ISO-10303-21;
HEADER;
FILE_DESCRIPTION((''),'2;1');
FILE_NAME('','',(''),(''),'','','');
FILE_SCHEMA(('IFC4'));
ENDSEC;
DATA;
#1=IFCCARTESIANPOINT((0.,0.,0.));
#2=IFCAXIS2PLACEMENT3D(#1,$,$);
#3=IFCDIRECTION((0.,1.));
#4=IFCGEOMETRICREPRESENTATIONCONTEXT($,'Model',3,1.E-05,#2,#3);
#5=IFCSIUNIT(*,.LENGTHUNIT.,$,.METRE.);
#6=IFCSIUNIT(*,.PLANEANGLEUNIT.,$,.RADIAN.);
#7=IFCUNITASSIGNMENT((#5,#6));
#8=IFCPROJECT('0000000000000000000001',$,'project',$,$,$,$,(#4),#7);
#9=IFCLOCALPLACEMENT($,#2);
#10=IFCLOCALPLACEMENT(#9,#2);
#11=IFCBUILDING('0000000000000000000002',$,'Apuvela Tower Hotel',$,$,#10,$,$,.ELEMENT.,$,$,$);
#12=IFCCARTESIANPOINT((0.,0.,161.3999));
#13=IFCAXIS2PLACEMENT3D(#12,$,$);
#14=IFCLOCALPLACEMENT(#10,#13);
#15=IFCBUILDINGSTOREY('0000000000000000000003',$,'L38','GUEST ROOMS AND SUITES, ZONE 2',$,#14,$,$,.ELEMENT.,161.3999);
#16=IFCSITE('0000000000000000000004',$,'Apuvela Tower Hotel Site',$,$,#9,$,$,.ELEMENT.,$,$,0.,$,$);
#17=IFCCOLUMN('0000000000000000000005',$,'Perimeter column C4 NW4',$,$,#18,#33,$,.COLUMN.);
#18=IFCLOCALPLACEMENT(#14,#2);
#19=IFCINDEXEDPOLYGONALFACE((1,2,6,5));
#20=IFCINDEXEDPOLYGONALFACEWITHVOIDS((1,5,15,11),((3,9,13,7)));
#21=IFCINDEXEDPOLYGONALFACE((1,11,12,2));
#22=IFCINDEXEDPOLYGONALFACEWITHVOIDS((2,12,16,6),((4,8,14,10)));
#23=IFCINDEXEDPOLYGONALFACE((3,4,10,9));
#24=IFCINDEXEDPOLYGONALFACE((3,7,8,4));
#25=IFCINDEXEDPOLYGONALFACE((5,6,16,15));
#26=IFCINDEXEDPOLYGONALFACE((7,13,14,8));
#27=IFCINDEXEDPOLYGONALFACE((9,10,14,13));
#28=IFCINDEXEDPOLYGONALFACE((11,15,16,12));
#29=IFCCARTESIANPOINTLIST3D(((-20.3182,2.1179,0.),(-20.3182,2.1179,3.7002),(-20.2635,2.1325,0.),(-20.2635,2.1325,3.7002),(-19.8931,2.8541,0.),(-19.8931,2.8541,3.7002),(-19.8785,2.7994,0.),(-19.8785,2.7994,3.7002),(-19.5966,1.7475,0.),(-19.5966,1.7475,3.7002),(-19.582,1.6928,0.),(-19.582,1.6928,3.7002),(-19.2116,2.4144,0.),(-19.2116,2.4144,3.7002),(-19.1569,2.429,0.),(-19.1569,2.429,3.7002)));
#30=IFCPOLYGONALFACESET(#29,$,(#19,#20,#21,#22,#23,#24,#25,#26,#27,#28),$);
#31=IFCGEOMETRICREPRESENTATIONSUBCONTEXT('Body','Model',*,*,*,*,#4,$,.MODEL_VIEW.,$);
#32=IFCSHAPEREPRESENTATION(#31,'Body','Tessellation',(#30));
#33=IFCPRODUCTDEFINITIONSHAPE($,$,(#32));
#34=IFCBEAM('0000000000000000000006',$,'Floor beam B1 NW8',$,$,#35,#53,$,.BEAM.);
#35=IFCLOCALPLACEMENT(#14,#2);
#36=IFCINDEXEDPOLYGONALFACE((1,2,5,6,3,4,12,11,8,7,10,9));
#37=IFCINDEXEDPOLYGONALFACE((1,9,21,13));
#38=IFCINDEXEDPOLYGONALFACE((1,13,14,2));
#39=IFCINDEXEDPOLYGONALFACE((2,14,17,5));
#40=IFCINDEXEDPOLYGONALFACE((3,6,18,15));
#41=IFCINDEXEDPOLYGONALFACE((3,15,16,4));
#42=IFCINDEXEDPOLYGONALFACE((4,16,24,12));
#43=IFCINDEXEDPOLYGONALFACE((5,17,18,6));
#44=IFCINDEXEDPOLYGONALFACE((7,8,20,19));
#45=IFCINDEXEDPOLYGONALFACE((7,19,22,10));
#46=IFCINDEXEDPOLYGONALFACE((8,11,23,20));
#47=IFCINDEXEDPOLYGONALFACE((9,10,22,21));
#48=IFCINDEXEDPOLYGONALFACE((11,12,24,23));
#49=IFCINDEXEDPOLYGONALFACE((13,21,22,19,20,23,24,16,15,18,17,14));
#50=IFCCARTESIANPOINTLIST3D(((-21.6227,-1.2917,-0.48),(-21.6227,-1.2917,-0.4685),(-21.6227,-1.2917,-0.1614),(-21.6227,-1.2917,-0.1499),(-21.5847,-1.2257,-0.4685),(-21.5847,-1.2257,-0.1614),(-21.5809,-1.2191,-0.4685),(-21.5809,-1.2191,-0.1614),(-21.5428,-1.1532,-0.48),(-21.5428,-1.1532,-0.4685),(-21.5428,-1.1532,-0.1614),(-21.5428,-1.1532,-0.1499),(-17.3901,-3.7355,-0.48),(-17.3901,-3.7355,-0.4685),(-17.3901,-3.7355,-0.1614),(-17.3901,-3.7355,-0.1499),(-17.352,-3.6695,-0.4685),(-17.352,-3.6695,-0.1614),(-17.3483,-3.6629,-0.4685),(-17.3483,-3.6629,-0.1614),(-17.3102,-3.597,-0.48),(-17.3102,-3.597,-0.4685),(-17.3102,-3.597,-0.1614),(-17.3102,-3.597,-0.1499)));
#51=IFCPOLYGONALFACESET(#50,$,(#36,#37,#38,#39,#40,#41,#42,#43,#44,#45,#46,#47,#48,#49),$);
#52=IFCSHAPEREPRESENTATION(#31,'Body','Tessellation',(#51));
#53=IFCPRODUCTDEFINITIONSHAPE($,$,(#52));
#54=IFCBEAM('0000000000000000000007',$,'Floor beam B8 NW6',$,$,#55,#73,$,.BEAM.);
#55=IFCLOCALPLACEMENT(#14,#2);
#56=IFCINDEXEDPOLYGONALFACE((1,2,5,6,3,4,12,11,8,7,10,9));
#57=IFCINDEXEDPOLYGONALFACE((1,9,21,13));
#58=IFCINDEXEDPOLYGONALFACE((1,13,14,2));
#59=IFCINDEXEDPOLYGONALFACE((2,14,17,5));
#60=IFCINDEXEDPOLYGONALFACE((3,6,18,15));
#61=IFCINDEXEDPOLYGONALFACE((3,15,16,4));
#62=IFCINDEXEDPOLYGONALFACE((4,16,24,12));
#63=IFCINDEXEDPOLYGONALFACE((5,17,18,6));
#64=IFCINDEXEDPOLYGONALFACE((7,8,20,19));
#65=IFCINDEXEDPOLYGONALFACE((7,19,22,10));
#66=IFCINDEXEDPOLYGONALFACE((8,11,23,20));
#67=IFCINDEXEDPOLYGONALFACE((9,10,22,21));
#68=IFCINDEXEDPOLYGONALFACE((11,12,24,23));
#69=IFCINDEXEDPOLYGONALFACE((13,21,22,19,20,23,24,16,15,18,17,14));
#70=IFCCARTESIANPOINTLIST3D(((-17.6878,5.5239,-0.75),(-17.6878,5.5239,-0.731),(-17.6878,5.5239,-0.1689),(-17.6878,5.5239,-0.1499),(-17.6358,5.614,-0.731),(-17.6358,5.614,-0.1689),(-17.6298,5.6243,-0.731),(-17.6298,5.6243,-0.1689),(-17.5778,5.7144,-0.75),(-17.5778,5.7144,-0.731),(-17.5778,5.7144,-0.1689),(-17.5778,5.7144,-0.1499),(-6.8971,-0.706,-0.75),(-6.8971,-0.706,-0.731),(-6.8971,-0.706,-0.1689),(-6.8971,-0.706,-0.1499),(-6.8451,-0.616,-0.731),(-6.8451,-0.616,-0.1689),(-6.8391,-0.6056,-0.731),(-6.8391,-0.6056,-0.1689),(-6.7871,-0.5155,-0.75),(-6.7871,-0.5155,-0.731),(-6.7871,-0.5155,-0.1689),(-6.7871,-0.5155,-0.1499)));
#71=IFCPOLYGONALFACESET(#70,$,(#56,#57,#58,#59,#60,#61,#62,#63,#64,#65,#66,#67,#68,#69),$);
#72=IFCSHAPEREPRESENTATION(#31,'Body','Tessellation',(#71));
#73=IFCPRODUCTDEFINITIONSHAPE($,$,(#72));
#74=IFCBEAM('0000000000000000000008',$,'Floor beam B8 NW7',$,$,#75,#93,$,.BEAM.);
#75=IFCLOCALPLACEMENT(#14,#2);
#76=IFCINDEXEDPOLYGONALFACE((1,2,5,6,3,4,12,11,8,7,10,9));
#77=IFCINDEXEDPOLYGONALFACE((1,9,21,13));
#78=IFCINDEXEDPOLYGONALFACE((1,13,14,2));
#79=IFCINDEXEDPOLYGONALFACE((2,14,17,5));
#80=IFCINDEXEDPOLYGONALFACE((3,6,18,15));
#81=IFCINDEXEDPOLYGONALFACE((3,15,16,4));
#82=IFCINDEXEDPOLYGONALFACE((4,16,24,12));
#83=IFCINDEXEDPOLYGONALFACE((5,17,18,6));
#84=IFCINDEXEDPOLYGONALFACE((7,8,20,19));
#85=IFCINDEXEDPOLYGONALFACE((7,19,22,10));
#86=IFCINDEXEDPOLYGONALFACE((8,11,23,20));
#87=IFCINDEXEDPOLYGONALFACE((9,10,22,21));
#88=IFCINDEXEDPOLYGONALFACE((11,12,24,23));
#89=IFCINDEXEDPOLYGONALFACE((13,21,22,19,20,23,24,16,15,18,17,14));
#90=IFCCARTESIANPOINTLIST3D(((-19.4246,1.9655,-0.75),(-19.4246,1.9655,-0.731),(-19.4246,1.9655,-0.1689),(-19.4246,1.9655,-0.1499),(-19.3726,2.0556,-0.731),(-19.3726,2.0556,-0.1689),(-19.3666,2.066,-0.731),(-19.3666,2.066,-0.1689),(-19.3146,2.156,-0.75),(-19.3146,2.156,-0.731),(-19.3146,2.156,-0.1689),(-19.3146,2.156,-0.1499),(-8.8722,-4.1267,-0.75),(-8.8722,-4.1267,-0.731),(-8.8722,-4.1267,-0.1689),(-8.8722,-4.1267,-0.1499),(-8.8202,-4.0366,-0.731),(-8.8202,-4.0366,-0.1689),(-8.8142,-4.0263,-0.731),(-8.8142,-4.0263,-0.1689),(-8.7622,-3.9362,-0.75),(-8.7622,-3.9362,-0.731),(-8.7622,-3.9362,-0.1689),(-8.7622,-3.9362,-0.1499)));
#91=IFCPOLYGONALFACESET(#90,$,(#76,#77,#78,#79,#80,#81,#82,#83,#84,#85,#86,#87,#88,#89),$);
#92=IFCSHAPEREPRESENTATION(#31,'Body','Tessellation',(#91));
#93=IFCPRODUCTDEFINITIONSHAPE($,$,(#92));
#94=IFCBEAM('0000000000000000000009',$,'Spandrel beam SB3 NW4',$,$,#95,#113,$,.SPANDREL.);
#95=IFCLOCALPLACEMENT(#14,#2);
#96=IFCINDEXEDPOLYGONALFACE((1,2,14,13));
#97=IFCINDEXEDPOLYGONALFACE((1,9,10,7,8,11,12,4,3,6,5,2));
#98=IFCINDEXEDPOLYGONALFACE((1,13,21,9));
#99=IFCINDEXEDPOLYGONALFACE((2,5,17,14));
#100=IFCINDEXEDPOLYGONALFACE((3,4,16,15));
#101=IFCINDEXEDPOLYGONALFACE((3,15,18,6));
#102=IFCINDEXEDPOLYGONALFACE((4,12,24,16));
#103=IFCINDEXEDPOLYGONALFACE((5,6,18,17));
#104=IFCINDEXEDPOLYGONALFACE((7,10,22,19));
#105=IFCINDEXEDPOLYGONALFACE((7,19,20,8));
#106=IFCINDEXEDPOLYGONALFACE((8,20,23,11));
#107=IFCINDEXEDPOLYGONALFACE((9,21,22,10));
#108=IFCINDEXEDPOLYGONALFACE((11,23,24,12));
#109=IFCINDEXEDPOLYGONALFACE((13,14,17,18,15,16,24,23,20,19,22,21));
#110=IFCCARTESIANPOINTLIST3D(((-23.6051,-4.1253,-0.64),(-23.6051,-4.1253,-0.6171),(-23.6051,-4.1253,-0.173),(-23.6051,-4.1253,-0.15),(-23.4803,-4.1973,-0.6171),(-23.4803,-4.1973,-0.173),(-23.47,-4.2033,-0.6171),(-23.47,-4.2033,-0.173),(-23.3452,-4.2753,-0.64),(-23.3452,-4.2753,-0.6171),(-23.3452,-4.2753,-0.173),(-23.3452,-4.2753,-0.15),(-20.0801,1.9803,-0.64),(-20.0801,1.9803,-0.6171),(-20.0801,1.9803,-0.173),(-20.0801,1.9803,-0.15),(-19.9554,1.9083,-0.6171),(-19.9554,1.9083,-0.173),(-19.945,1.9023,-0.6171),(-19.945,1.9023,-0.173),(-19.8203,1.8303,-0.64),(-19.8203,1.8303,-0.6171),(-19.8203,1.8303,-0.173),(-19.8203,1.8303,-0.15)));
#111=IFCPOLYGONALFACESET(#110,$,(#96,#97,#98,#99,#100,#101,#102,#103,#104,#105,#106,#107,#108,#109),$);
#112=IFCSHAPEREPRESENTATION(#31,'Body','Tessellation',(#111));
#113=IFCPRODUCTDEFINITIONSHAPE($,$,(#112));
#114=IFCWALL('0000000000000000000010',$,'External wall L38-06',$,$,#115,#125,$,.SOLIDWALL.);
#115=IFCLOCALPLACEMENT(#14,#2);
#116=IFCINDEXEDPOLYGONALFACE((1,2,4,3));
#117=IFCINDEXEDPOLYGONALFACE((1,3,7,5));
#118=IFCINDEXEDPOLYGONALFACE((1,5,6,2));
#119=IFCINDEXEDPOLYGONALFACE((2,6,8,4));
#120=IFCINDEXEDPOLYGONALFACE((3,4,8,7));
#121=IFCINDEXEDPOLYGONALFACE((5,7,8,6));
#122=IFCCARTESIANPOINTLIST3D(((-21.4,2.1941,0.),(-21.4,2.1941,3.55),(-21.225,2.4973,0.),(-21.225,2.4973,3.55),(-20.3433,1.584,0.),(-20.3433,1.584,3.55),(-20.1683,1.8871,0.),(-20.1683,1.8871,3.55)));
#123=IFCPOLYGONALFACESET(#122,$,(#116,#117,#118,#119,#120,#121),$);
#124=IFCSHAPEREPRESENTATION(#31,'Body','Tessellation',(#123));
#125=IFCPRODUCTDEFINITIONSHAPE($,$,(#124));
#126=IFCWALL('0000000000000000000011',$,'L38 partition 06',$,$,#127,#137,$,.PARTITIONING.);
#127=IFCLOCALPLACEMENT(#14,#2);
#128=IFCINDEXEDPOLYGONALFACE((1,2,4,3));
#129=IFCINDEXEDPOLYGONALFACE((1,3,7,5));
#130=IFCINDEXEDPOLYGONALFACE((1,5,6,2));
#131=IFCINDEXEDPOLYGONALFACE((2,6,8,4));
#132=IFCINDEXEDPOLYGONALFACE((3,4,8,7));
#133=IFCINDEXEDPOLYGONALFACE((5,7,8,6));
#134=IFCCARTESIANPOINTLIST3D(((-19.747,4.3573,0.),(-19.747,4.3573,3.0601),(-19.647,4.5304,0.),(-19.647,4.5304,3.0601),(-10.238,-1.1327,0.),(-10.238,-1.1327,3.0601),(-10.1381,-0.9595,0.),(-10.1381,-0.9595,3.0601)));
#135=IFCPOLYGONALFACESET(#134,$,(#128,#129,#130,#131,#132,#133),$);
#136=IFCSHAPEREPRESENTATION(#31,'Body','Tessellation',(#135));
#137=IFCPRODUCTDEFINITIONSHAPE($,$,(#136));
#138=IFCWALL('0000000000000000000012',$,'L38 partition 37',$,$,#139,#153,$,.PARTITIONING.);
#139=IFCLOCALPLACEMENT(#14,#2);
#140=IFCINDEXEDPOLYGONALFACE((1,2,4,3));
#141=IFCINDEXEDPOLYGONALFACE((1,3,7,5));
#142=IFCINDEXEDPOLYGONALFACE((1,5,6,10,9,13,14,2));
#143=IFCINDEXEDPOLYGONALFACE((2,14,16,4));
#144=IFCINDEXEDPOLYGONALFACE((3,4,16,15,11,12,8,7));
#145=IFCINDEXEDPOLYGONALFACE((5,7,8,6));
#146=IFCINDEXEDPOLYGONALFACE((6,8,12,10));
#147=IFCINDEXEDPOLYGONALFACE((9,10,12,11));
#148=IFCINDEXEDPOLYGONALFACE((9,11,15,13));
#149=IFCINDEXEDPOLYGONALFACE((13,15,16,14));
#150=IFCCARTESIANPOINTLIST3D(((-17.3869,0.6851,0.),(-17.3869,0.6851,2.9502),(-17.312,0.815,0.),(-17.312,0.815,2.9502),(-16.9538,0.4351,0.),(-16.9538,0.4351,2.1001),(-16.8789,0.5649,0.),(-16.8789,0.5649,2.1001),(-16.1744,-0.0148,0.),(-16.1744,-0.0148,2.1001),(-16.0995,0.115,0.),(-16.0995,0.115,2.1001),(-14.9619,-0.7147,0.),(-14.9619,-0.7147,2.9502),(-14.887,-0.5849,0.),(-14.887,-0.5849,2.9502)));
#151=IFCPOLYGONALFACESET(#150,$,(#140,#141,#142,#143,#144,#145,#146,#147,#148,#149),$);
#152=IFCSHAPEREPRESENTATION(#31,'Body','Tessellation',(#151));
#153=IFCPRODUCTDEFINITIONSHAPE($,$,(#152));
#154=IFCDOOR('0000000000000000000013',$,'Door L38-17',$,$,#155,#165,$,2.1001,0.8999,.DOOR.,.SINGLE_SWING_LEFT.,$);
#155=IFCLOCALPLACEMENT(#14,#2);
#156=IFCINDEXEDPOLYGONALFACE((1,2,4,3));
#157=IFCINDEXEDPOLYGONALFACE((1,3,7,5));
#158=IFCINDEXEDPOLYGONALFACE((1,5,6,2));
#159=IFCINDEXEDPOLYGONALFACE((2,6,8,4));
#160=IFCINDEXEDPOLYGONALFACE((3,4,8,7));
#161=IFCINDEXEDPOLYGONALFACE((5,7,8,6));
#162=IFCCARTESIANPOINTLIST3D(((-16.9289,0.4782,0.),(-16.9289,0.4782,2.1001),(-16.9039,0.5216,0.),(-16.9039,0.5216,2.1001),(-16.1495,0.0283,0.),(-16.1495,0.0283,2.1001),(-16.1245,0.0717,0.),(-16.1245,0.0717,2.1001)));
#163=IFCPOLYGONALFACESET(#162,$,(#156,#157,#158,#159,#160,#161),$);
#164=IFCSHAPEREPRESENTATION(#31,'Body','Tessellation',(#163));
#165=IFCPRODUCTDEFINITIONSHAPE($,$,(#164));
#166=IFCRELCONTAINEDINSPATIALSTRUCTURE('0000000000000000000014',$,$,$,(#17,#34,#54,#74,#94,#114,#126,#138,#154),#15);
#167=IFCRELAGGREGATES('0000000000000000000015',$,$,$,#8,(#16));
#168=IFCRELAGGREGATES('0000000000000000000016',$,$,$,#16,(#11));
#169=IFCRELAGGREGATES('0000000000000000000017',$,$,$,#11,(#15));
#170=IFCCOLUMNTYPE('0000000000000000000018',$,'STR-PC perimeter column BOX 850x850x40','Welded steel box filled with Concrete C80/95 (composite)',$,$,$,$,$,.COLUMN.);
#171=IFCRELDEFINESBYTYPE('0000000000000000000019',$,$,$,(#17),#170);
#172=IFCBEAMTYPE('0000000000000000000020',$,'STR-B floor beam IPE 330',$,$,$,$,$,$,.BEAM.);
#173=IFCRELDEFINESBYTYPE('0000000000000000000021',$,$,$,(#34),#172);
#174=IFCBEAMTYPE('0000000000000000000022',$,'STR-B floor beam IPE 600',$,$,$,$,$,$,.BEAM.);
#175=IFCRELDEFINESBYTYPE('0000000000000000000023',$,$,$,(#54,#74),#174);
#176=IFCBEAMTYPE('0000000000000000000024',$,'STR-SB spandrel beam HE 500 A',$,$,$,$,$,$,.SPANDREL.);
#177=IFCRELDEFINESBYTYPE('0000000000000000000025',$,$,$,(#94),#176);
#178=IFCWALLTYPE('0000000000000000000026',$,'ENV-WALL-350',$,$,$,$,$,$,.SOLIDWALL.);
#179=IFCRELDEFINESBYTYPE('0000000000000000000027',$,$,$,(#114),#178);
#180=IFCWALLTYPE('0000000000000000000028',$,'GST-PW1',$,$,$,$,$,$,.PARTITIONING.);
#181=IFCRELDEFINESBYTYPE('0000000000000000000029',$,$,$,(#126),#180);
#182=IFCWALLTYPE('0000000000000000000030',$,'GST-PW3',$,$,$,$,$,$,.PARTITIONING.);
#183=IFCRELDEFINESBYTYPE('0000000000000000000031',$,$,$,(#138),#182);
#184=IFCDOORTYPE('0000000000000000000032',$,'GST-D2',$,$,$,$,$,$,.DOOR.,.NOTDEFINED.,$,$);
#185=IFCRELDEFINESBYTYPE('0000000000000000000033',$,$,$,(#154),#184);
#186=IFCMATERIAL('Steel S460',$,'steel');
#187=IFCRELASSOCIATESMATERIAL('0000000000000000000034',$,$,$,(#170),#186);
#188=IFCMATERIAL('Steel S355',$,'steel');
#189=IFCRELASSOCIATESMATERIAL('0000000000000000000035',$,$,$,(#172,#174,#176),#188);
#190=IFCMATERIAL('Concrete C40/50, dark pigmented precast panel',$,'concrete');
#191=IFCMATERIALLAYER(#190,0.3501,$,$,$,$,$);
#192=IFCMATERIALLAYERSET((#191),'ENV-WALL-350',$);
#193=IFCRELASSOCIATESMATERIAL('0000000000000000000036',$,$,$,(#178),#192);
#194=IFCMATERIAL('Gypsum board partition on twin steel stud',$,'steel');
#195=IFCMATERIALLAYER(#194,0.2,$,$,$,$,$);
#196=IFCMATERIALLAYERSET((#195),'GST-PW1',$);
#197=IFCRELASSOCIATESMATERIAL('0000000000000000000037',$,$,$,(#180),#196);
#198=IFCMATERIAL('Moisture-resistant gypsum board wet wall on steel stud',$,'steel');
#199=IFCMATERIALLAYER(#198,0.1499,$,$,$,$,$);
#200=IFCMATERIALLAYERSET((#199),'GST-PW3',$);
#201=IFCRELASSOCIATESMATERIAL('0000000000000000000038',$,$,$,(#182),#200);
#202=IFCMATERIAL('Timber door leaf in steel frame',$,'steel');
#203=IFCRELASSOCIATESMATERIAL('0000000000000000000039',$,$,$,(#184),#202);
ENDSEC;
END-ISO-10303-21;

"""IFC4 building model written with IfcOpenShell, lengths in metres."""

from ifc_helpers import new_model, si_unit, direction, frame, frame_2d, origin, origin_2d, place, context, subcontext, project, spatial, rectangle, hollow_rectangle, i_section, extrude, material, layer, layer_set, material_profile, profile_set, type_object, element, fill, save


model = new_model("IFC4")

# Units and contexts
model_context = context("Model", 3, precision=1e-05, world=origin(), true_north=direction((0.0, 1.0)))
body_context = subcontext(model_context, "Body", "Model", "MODEL_VIEW")
ifc_project = project(units=[si_unit("LENGTHUNIT", "METRE"), si_unit("PLANEANGLEUNIT", "RADIAN")], contexts=[model_context])

# Site, building, storey
site_placement = place(None, origin())
site = spatial("IfcSite", under=ifc_project, at=site_placement, Name="Apuvela Tower Hotel Site", CompositionType="ELEMENT", RefElevation=0.0)
building_placement = place(site_placement, origin())
building = spatial("IfcBuilding", under=site, at=building_placement, Name="Apuvela Tower Hotel", CompositionType="ELEMENT")
storey_placement = place(building_placement, frame((0.0, 0.0, 161.3999)))
storey = spatial("IfcBuildingStorey", under=building, at=storey_placement, Name="L38", Description="GUEST ROOMS AND SUITES, ZONE 2", CompositionType="ELEMENT", Elevation=161.3999)

# Column
ifc_material_1 = material(Name="Steel S460", Category="steel")
ifc_material_profile_1 = material_profile(ifc_material_1, hollow_rectangle(XDim=0.8501, YDim=0.8501, WallThickness=0.04, at=origin_2d()), Name="BOX 850x850x40")
ifc_material_2 = material(Name="Concrete C80/95", Category="concrete")
ifc_material_profile_2 = material_profile(ifc_material_2, rectangle(XDim=0.77, YDim=0.77, at=origin_2d()), Name="Concrete C80/95 infill")
ifc_profile_set_1 = profile_set([ifc_material_profile_1, ifc_material_profile_2], Name="Steel S460")
column_type = type_object("IfcColumnType", Name="STR-PC perimeter column BOX 850x850x40", Description="Welded steel box filled with Concrete C80/95 (composite)", PredefinedType="COLUMN", material=ifc_profile_set_1)
column_placement = place(storey_placement, frame((-19.7375, 2.2734, 0.0), z_axis=(0.0, 0.0, 1.0), x_axis=(0.5, 0.866025, 0.0)))
element("IfcColumn", 1, at=column_placement, inside=storey, type_object=column_type, Name="Perimeter column C4 NW4", PredefinedType="COLUMN", context=body_context, shape_type="SweptSolid", body=[
    extrude(hollow_rectangle(XDim=0.8501, YDim=0.8501, WallThickness=0.04, at=origin_2d()), origin(), (0.0, 0.0, 1.0), 3.7002),
])

# Beams
ifc_material_3 = material(Name="Steel S355", Category="steel")
ifc_material_profile_3 = material_profile(ifc_material_3, i_section(OverallWidth=0.1599, OverallDepth=0.3301, WebThickness=0.0076, FlangeThickness=0.0115, at=origin_2d()), Name="IPE 330")
ifc_profile_set_2 = profile_set([ifc_material_profile_3], Name="Steel S355")
beam_type_1 = type_object("IfcBeamType", Name="STR-B floor beam IPE 330", PredefinedType="BEAM", material=ifc_profile_set_2)
beam_1_placement = place(storey_placement, frame((-21.5828, -1.2224, -0.3149), z_axis=(0.866015, -0.500018, 0.0), x_axis=(0.500018, 0.866015, 0.0)))
element("IfcBeam", 2, at=beam_1_placement, inside=storey, type_object=beam_type_1, Name="Floor beam B1 NW8", PredefinedType="BEAM", context=body_context, shape_type="SweptSolid", body=[
    extrude(i_section(OverallWidth=0.1599, OverallDepth=0.3301, WebThickness=0.0076, FlangeThickness=0.0115, at=origin_2d()), origin(), (0.0, 0.0, 1.0), 4.8875),
])
ifc_material_profile_4 = material_profile(ifc_material_3, i_section(OverallWidth=0.22, OverallDepth=0.6001, WebThickness=0.012, FlangeThickness=0.019, at=origin_2d()), Name="IPE 600")
ifc_profile_set_3 = profile_set([ifc_material_profile_4], Name="Steel S355")
beam_type_2 = type_object("IfcBeamType", Name="STR-B floor beam IPE 600", PredefinedType="BEAM", material=ifc_profile_set_3)
beam_2_placement = place(storey_placement, frame((-17.6328, 5.6191, -0.45), z_axis=(0.866028, -0.499996, 0.0), x_axis=(0.499996, 0.866028, 0.0)))
element("IfcBeam", 3, at=beam_2_placement, inside=storey, type_object=beam_type_2, Name="Floor beam B8 NW6", PredefinedType="BEAM", context=body_context, shape_type="SweptSolid", body=[
    extrude(i_section(OverallWidth=0.22, OverallDepth=0.6001, WebThickness=0.012, FlangeThickness=0.019, at=origin_2d()), origin(), (0.0, 0.0, 1.0), 12.46),
])
beam_3_placement = place(storey_placement, frame((-19.3696, 2.0608, -0.45), z_axis=(0.866032, -0.499988, 0.0), x_axis=(0.499988, 0.866032, 0.0)))
element("IfcBeam", 4, at=beam_3_placement, inside=storey, type_object=beam_type_2, Name="Floor beam B8 NW7", PredefinedType="BEAM", context=body_context, shape_type="SweptSolid", body=[
    extrude(i_section(OverallWidth=0.22, OverallDepth=0.6001, WebThickness=0.012, FlangeThickness=0.019, at=origin_2d()), origin(), (0.0, 0.0, 1.0), 12.1848),
])
ifc_material_profile_5 = material_profile(ifc_material_3, i_section(OverallWidth=0.3, OverallDepth=0.49, WebThickness=0.012, FlangeThickness=0.0229, at=origin_2d()), Name="HE 500 A")
ifc_profile_set_4 = profile_set([ifc_material_profile_5], Name="Steel S355")
beam_type_3 = type_object("IfcBeamType", Name="STR-SB spandrel beam HE 500 A", PredefinedType="SPANDREL", material=ifc_profile_set_4)
beam_4_placement = place(storey_placement, frame((-19.9502, 1.9053, -0.395), z_axis=(-0.49999, -0.866031, 0.0), x_axis=(0.866031, -0.49999, 0.0)))
element("IfcBeam", 5, at=beam_4_placement, inside=storey, type_object=beam_type_3, Name="Spandrel beam SB3 NW4", PredefinedType="SPANDREL", context=body_context, shape_type="SweptSolid", body=[
    extrude(i_section(OverallWidth=0.3, OverallDepth=0.49, WebThickness=0.012, FlangeThickness=0.0229, at=origin_2d()), origin(), (0.0, 0.0, 1.0), 7.05),
])

# Shared definitions
ifc_material_4 = material(Name="Concrete C40/50, dark pigmented precast panel", Category="concrete")
ifc_layer_1 = layer(ifc_material_4, 0.3501)
ifc_layer_set_1 = layer_set([ifc_layer_1], Name="ENV-WALL-350")
wall_type_1 = type_object("IfcWallType", Name="ENV-WALL-350", PredefinedType="SOLIDWALL", material=ifc_layer_set_1)

# Wall
wall_1_placement = place(storey_placement, frame((-21.3125, 2.3457, 0.0), z_axis=(0.0, 0.0, 1.0), x_axis=(0.866006, -0.500034, 0.0)))
element("IfcWall", 6, at=wall_1_placement, inside=storey, type_object=wall_type_1, Name="External wall L38-06", PredefinedType="SOLIDWALL", context=body_context, shape_type="SweptSolid", body=[
    extrude(rectangle(XDim=1.2202, YDim=0.3501, at=frame_2d((0.6101, 0.0))), origin(), (0.0, 0.0, 1.0), 3.55),
])

# Wall
ifc_material_5 = material(Name="Gypsum board partition on twin steel stud", Category="steel")
ifc_layer_2 = layer(ifc_material_5, 0.2)
ifc_layer_set_2 = layer_set([ifc_layer_2], Name="GST-PW1")
wall_type_2 = type_object("IfcWallType", Name="GST-PW1", PredefinedType="PARTITIONING", material=ifc_layer_set_2)
wall_2_placement = place(storey_placement, frame((-19.697, 4.4438, 0.0), z_axis=(0.0, 0.0, 1.0), x_axis=(0.866027, -0.499996, 0.0)))
element("IfcWall", 7, at=wall_2_placement, inside=storey, type_object=wall_type_2, Name="L38 partition 06", PredefinedType="PARTITIONING", context=body_context, shape_type="SweptSolid", body=[
    extrude(rectangle(XDim=10.98, YDim=0.2, at=frame_2d((5.49, 0.0))), origin(), (0.0, 0.0, 1.0), 3.0601),
])

# Wall, opening, door
ifc_material_6 = material(Name="Moisture-resistant gypsum board wet wall on steel stud", Category="steel")
ifc_layer_3 = layer(ifc_material_6, 0.1499)
ifc_layer_set_3 = layer_set([ifc_layer_3], Name="GST-PW3")
wall_type_3 = type_object("IfcWallType", Name="GST-PW3", PredefinedType="PARTITIONING", material=ifc_layer_set_3)
wall_3_placement = place(storey_placement, frame((-17.3494, 0.75, 0.0), z_axis=(0.0, 0.0, 1.0), x_axis=(0.866056, -0.499946, 0.0)))
wall_3 = element("IfcWall", 8, at=wall_3_placement, inside=storey, type_object=wall_type_3, Name="L38 partition 37", PredefinedType="PARTITIONING", context=body_context, shape_type="SweptSolid", body=[
    extrude(rectangle(XDim=2.8, YDim=0.1499, at=frame_2d((1.3999, 0.0))), origin(), (0.0, 0.0, 1.0), 2.9502),
])
opening_1_placement = place(wall_3_placement, frame((0.5, 0.0, 0.0)))
opening_1 = element("IfcOpeningElement", 9, at=opening_1_placement, cuts=wall_3, PredefinedType="OPENING", context=body_context, shape_type="SweptSolid", body=[
    extrude(rectangle(XDim=0.8999, YDim=2.1001, at=frame_2d((0.45, 1.05))), frame((0.0, 0.085, 0.0), z_axis=(0.0, -1.0, 0.0), x_axis=(1.0, 0.0, 0.0)), (0.0, 0.0, 1.0), 0.1699),
])
ifc_material_7 = material(Name="Timber door leaf in steel frame", Category="steel")
door_type_1 = type_object("IfcDoorType", Name="GST-D2", OperationType="NOTDEFINED", PredefinedType="DOOR", material=ifc_material_7)
door_1_placement = place(opening_1_placement, origin())
door_1 = element("IfcDoor", 10, at=door_1_placement, inside=storey, type_object=door_type_1, Name="Door L38-17", OperationType="SINGLE_SWING_LEFT", OverallHeight=2.1001, OverallWidth=0.8999, PredefinedType="DOOR", context=body_context, shape_type="SweptSolid", body=[
    extrude(rectangle(XDim=0.8999, YDim=2.1001, at=frame_2d((0.45, 1.05))), frame((0.0, 0.0249, 0.0), z_axis=(0.0, -1.0, 0.0), x_axis=(1.0, 0.0, 0.0)), (0.0, 0.0, 1.0), 0.05),
])
fill(opening_1, door_1)

save(model, "model.ifc")
